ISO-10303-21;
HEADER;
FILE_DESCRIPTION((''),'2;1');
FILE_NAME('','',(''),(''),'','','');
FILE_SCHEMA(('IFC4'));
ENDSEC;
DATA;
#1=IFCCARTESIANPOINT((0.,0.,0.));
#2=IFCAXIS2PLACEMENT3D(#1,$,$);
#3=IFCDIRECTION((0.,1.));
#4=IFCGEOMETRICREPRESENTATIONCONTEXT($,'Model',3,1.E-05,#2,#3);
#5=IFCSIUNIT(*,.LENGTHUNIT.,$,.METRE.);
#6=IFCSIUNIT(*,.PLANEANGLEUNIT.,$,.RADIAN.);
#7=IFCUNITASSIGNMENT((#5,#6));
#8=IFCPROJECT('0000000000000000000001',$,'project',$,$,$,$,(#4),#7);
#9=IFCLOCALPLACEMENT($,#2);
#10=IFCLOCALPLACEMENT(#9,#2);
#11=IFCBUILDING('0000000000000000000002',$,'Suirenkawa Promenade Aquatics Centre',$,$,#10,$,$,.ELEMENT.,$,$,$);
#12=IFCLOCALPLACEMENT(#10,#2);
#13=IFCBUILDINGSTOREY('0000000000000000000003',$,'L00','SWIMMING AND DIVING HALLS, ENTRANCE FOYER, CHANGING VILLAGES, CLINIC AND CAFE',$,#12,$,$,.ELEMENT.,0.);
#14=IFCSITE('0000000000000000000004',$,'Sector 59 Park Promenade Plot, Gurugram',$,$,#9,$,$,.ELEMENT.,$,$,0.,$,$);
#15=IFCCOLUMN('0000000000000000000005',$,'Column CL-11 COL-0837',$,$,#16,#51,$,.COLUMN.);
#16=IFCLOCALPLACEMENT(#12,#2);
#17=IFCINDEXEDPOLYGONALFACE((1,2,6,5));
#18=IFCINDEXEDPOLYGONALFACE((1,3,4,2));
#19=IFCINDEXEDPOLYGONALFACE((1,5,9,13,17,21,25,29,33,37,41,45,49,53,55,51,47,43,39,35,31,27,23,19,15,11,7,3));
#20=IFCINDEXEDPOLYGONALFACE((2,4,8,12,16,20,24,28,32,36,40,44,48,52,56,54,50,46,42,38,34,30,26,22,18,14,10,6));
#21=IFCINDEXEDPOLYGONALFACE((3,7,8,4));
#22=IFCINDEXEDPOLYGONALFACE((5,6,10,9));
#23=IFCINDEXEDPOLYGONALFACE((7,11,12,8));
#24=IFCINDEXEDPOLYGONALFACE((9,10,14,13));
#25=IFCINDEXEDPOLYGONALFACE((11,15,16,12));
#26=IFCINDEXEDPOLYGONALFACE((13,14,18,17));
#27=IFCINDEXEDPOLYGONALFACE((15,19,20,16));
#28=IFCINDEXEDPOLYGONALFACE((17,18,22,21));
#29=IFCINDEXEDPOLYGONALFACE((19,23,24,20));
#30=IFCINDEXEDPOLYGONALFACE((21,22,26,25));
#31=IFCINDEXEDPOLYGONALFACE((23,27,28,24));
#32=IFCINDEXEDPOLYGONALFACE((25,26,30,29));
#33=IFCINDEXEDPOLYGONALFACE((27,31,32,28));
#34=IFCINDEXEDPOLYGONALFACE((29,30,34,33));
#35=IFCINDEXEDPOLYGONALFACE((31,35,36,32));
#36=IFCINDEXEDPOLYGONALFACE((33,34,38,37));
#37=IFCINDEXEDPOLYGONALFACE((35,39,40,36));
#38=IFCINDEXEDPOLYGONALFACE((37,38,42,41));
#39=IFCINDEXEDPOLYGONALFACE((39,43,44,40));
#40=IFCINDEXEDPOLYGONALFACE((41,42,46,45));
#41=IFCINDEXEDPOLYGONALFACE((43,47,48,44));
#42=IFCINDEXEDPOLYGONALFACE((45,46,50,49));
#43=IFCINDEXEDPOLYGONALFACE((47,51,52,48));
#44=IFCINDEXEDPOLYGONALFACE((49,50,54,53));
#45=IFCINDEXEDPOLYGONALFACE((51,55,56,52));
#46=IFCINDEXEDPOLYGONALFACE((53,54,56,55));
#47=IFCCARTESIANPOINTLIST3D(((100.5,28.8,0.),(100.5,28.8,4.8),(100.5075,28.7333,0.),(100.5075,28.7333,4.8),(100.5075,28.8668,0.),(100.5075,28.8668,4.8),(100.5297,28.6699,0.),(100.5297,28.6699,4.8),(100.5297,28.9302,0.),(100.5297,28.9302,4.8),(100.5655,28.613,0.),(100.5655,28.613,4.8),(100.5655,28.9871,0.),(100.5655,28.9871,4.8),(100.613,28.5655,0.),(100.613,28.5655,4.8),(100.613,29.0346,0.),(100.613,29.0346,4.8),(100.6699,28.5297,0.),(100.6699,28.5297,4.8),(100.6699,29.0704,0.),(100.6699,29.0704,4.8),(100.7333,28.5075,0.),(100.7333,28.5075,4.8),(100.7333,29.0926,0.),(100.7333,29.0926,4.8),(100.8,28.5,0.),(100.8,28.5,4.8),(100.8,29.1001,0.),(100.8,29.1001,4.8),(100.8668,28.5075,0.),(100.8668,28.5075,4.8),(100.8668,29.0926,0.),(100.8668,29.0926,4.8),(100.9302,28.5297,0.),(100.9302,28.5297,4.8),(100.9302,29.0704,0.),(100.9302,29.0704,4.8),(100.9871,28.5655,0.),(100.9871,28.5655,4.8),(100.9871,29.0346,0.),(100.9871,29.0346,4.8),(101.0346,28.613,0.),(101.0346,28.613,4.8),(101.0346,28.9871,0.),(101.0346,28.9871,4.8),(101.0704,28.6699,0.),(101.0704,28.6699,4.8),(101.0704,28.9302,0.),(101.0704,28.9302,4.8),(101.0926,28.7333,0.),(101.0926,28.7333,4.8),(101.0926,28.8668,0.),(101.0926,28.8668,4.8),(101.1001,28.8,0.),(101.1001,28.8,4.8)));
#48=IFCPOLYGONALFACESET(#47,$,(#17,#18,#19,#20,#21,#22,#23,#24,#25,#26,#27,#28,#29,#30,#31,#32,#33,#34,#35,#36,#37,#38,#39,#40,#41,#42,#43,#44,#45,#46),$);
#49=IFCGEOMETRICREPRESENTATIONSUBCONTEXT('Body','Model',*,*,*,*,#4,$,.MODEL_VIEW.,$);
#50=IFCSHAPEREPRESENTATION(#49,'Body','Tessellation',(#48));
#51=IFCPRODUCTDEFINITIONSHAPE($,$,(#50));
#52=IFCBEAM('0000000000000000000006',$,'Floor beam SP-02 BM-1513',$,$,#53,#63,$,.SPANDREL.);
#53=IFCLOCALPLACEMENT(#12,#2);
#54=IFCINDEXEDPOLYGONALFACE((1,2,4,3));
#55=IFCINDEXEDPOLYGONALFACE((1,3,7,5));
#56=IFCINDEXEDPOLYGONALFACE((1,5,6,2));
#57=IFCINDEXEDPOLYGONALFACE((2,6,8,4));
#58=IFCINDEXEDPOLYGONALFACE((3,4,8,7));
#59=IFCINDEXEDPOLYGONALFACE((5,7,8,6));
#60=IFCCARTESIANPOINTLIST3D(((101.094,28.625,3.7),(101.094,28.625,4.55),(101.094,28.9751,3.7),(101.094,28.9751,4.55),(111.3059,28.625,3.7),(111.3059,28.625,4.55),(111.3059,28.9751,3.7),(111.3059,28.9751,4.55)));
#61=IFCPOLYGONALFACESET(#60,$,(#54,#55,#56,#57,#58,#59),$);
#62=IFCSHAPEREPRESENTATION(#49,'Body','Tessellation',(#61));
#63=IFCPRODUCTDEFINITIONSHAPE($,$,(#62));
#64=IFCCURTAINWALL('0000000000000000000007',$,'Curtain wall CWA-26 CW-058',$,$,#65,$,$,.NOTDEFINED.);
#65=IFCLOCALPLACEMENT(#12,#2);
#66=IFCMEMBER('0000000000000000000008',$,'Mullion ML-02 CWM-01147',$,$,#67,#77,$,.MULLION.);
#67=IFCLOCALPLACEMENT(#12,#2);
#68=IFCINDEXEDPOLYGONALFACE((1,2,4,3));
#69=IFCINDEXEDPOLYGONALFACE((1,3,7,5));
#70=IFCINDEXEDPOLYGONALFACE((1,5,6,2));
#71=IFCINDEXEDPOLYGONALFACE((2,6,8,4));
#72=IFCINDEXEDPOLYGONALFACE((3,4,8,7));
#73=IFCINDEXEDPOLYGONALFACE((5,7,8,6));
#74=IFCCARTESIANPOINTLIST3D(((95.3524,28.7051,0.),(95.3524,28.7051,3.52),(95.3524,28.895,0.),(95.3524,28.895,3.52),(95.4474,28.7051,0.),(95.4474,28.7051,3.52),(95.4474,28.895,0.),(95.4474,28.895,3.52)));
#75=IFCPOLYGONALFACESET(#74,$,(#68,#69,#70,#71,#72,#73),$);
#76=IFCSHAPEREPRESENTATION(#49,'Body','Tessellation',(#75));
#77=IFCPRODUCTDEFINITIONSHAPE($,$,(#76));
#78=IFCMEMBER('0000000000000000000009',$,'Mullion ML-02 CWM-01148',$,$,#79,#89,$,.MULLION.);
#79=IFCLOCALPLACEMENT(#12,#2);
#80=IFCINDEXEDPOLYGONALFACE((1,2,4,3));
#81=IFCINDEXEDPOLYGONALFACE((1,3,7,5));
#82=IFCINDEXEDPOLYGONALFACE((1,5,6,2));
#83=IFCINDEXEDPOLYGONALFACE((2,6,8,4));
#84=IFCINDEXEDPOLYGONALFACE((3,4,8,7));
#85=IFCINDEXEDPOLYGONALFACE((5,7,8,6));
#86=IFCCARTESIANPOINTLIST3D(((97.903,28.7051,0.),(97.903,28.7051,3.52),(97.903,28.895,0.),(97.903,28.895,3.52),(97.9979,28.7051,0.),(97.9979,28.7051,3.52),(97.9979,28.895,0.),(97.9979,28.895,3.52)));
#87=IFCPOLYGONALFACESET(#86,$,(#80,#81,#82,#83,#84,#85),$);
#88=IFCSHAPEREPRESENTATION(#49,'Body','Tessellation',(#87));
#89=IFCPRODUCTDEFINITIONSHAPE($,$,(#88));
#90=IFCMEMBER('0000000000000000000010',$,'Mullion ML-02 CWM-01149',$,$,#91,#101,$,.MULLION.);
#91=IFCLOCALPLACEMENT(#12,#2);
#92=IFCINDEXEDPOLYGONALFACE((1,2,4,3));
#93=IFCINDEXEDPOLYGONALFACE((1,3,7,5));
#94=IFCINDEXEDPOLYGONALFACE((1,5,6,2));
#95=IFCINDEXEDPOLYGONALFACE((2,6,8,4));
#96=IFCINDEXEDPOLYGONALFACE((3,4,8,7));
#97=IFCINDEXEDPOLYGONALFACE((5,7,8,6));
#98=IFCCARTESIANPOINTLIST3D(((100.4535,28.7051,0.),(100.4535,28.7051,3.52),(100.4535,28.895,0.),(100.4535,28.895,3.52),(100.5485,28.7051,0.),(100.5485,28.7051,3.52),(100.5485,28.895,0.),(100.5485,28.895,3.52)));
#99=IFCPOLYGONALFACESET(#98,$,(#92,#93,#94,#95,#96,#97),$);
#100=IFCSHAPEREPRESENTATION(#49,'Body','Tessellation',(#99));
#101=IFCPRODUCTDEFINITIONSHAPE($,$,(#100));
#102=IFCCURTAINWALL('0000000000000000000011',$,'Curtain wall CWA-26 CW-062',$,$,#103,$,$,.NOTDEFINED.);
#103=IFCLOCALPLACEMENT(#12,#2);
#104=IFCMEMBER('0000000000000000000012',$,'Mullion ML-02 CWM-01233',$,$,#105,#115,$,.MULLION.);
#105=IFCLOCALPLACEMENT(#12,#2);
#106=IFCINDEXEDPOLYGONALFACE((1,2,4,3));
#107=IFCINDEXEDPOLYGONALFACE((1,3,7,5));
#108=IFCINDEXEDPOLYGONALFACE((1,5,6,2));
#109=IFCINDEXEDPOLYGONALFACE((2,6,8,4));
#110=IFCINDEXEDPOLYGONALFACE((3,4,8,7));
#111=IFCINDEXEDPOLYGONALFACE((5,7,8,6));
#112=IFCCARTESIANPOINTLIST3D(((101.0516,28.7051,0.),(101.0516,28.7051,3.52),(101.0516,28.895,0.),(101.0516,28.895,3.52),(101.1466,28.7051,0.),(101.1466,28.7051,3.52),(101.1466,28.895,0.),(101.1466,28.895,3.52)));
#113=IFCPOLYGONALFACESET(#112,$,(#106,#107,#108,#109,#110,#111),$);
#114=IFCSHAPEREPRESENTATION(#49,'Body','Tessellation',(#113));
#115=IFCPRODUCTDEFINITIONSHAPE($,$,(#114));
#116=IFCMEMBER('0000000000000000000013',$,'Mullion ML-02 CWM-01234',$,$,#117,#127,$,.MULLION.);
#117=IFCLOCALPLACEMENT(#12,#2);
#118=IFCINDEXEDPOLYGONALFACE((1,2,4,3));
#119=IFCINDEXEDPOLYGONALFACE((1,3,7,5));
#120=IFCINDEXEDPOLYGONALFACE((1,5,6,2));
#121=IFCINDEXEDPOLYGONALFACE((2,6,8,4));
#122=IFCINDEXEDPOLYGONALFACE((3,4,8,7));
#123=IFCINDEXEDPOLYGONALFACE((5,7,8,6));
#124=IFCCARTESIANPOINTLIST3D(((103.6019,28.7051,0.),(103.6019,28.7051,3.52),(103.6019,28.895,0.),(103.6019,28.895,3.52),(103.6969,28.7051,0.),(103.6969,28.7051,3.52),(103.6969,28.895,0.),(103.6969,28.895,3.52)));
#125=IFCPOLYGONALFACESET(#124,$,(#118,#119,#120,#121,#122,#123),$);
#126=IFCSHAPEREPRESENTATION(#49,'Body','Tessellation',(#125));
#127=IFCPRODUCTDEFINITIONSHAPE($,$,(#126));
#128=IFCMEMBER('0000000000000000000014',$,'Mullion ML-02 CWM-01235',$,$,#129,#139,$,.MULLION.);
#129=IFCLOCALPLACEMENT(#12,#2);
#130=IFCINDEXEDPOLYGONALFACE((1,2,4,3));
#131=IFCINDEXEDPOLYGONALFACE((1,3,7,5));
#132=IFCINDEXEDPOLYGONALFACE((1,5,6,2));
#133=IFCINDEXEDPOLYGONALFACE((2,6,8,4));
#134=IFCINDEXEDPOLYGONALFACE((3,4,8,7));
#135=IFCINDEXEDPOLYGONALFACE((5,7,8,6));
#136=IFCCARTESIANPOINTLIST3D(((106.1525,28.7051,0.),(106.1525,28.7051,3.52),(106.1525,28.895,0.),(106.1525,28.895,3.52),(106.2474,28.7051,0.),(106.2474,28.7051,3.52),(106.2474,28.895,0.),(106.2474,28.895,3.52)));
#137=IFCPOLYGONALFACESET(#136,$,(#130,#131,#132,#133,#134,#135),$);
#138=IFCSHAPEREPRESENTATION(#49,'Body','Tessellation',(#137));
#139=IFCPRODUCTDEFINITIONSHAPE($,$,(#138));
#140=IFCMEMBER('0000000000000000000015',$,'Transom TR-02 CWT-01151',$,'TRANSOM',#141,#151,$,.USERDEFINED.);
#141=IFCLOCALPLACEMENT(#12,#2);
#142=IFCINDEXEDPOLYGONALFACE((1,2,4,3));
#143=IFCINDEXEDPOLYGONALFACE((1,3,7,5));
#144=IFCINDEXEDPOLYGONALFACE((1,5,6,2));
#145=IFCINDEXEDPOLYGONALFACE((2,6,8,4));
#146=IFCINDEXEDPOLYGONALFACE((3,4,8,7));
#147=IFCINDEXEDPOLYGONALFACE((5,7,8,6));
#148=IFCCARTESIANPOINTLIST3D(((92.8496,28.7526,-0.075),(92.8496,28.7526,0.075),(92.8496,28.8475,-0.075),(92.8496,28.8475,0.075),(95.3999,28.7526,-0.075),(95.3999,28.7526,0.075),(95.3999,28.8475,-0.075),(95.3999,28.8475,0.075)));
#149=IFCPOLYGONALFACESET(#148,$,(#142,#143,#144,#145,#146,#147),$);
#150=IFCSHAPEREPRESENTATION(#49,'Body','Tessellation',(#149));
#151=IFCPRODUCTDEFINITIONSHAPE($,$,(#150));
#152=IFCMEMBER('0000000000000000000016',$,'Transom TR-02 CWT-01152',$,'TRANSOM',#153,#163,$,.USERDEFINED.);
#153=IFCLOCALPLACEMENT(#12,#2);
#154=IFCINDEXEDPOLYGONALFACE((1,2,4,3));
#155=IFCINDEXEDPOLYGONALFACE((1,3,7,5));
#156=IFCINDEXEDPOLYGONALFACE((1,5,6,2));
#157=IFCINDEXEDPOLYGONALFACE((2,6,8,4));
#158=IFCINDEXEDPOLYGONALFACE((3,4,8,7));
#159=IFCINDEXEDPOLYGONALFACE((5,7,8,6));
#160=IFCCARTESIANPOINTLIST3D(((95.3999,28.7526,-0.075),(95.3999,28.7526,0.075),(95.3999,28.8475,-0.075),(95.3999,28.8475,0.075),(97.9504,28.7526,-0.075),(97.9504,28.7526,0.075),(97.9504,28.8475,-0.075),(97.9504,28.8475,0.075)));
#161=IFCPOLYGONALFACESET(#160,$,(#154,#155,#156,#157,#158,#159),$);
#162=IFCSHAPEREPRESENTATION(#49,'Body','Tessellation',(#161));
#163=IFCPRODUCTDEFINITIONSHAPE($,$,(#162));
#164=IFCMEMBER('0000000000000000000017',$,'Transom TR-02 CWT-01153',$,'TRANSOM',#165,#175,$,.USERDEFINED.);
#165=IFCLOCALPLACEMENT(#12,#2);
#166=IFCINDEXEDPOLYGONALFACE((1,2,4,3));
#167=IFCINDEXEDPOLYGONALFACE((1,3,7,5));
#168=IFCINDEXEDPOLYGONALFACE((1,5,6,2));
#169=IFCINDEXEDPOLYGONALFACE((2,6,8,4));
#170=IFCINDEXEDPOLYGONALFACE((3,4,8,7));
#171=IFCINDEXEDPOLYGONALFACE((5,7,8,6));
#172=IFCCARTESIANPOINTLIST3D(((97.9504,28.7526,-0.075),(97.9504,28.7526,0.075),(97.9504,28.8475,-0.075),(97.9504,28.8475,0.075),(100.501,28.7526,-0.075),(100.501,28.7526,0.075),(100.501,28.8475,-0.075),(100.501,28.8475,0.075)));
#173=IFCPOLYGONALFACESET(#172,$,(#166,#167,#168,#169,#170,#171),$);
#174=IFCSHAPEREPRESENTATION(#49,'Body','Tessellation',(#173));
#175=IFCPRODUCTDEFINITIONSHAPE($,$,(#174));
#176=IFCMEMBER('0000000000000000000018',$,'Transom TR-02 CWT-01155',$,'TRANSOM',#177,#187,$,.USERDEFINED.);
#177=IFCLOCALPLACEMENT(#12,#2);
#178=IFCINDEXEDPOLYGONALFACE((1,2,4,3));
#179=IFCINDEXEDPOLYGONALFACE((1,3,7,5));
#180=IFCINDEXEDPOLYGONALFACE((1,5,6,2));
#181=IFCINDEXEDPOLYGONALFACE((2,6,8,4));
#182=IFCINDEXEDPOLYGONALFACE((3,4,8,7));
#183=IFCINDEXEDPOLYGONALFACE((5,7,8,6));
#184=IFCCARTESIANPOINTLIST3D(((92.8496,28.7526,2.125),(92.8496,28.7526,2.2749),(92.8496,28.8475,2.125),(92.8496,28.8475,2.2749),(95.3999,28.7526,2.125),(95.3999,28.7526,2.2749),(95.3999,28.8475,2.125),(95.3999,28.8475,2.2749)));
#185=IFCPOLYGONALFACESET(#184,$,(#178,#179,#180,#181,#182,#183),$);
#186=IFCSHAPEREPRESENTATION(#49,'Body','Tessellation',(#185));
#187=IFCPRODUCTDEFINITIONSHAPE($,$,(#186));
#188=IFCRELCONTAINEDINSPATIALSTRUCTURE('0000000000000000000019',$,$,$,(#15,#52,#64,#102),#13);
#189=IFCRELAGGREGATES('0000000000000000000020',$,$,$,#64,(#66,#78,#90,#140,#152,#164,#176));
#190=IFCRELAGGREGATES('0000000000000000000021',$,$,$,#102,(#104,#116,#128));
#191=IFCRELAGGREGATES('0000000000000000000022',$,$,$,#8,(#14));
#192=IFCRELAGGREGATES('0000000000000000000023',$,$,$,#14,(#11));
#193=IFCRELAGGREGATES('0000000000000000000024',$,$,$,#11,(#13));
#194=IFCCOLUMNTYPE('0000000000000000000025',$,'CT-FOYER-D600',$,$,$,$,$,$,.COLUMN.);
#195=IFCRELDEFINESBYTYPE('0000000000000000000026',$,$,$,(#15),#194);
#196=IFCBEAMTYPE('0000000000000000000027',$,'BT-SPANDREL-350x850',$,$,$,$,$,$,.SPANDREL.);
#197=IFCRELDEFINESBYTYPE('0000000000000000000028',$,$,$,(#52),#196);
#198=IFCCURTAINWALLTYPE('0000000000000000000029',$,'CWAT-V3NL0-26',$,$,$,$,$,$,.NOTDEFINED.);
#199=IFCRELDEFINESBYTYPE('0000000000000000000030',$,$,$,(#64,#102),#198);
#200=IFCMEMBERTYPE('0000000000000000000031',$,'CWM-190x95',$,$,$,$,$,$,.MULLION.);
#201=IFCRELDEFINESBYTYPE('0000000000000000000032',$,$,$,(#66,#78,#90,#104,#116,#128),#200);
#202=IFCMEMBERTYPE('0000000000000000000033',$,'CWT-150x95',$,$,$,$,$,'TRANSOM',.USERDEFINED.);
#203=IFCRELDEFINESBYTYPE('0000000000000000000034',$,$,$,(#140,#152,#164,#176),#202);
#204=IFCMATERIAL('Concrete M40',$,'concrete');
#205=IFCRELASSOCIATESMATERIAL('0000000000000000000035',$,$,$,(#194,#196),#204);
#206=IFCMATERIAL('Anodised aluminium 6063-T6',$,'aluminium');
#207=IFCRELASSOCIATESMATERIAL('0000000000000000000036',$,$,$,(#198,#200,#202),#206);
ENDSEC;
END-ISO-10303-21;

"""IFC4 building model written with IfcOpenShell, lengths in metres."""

from ifc_helpers import new_model, si_unit, direction, frame, origin, origin_2d, place, context, subcontext, project, spatial, rectangle, circle, extrude, material, material_profile, profile_set, type_object, element, aggregate, save


model = new_model("IFC4")

# Units and contexts
model_context = context("Model", 3, precision=1e-05, world=origin(), true_north=direction((0.0, 1.0)))
body_context = subcontext(model_context, "Body", "Model", "MODEL_VIEW")
ifc_project = project(units=[si_unit("LENGTHUNIT", "METRE"), si_unit("PLANEANGLEUNIT", "RADIAN")], contexts=[model_context])

# Site, building, storey
site_placement = place(None, origin())
site = spatial("IfcSite", under=ifc_project, at=site_placement, Name="Sector 59 Park Promenade Plot, Gurugram", CompositionType="ELEMENT", RefElevation=0.0)
building_placement = place(site_placement, origin())
building = spatial("IfcBuilding", under=site, at=building_placement, Name="Suirenkawa Promenade Aquatics Centre", CompositionType="ELEMENT")
storey_placement = place(building_placement, origin())
storey = spatial("IfcBuildingStorey", under=building, at=storey_placement, Name="L00", Description="SWIMMING AND DIVING HALLS, ENTRANCE FOYER, CHANGING VILLAGES, CLINIC AND CAFE", CompositionType="ELEMENT", Elevation=0.0)

# Column
ifc_material_1 = material(Name="Concrete M40", Category="concrete")
ifc_material_profile_1 = material_profile(ifc_material_1, circle(Radius=0.3, at=origin_2d()), Name="RC FOYER D600", Category="concrete")
ifc_profile_set_1 = profile_set([ifc_material_profile_1], Name="Concrete M40")
column_type = type_object("IfcColumnType", Name="CT-FOYER-D600", PredefinedType="COLUMN", material=ifc_profile_set_1)
column_placement = place(storey_placement, frame((100.8, 28.8, 0.0), z_axis=(0.0, 0.0, 1.0), x_axis=(1.0, 0.0, 0.0)))
element("IfcColumn", 1, at=column_placement, inside=storey, type_object=column_type, Name="Column CL-11 COL-0837", PredefinedType="COLUMN", context=body_context, shape_type="SweptSolid", body=[
    extrude(circle(Radius=0.3, at=origin_2d()), origin(), (0.0, 0.0, 1.0), 4.8),
])

# Beam
ifc_material_profile_2 = material_profile(ifc_material_1, rectangle(XDim=0.3501, YDim=0.8501, at=origin_2d()), Name="RC SPANDREL 350x850", Category="concrete")
ifc_profile_set_2 = profile_set([ifc_material_profile_2], Name="Concrete M40")
beam_type = type_object("IfcBeamType", Name="BT-SPANDREL-350x850", PredefinedType="SPANDREL", material=ifc_profile_set_2)
beam_placement = place(storey_placement, frame((101.094, 28.8, 4.125), z_axis=(1.0, 0.0, 0.0), x_axis=(0.0, 1.0, 0.0)))
element("IfcBeam", 2, at=beam_placement, inside=storey, type_object=beam_type, Name="Floor beam SP-02 BM-1513", PredefinedType="SPANDREL", context=body_context, shape_type="SweptSolid", body=[
    extrude(rectangle(XDim=0.3501, YDim=0.8501, at=origin_2d()), origin(), (0.0, 0.0, 1.0), 10.2119),
])

# Curtain walls, members
ifc_material_2 = material(Name="Anodised aluminium 6063-T6", Category="aluminium")
curtain_wall_type = type_object("IfcCurtainWallType", Name="CWAT-V3NL0-26", PredefinedType="NOTDEFINED", material=ifc_material_2)
curtain_wall_1_placement = place(storey_placement, origin())
curtain_wall_1 = element("IfcCurtainWall", 3, at=curtain_wall_1_placement, inside=storey, type_object=curtain_wall_type, Name="Curtain wall CWA-26 CW-058", PredefinedType="NOTDEFINED")
ifc_material_profile_3 = material_profile(ifc_material_2, rectangle(XDim=0.095, YDim=0.1899, at=origin_2d()), Name="ALU MULL 95x190", Category="aluminium")
ifc_profile_set_3 = profile_set([ifc_material_profile_3], Name="Anodised aluminium 6063-T6")
member_type_1 = type_object("IfcMemberType", Name="CWM-190x95", PredefinedType="MULLION", material=ifc_profile_set_3)
member_1_placement = place(storey_placement, frame((95.3999, 28.8, 0.0), z_axis=(0.0, 0.0, 1.0), x_axis=(1.0, 0.0, 0.0)))
member_1 = element("IfcMember", 4, at=member_1_placement, type_object=member_type_1, Name="Mullion ML-02 CWM-01147", PredefinedType="MULLION", context=body_context, shape_type="SweptSolid", body=[
    extrude(rectangle(XDim=0.095, YDim=0.1899, at=origin_2d()), origin(), (0.0, 0.0, 1.0), 3.52),
])
member_2_placement = place(storey_placement, frame((97.9504, 28.8, 0.0), z_axis=(0.0, 0.0, 1.0), x_axis=(1.0, 0.0, 0.0)))
member_2 = element("IfcMember", 5, at=member_2_placement, type_object=member_type_1, Name="Mullion ML-02 CWM-01148", PredefinedType="MULLION", context=body_context, shape_type="SweptSolid", body=[
    extrude(rectangle(XDim=0.095, YDim=0.1899, at=origin_2d()), origin(), (0.0, 0.0, 1.0), 3.52),
])
member_3_placement = place(storey_placement, frame((100.501, 28.8, 0.0), z_axis=(0.0, 0.0, 1.0), x_axis=(1.0, 0.0, 0.0)))
member_3 = element("IfcMember", 6, at=member_3_placement, type_object=member_type_1, Name="Mullion ML-02 CWM-01149", PredefinedType="MULLION", context=body_context, shape_type="SweptSolid", body=[
    extrude(rectangle(XDim=0.095, YDim=0.1899, at=origin_2d()), origin(), (0.0, 0.0, 1.0), 3.52),
])
curtain_wall_2_placement = place(storey_placement, origin())
curtain_wall_2 = element("IfcCurtainWall", 7, at=curtain_wall_2_placement, inside=storey, type_object=curtain_wall_type, Name="Curtain wall CWA-26 CW-062", PredefinedType="NOTDEFINED")
member_4_placement = place(storey_placement, frame((101.0991, 28.8, 0.0), z_axis=(0.0, 0.0, 1.0), x_axis=(1.0, 0.0, 0.0)))
member_4 = element("IfcMember", 8, at=member_4_placement, type_object=member_type_1, Name="Mullion ML-02 CWM-01233", PredefinedType="MULLION", context=body_context, shape_type="SweptSolid", body=[
    extrude(rectangle(XDim=0.095, YDim=0.1899, at=origin_2d()), origin(), (0.0, 0.0, 1.0), 3.52),
])
member_5_placement = place(storey_placement, frame((103.6494, 28.8, 0.0), z_axis=(0.0, 0.0, 1.0), x_axis=(1.0, 0.0, 0.0)))
member_5 = element("IfcMember", 9, at=member_5_placement, type_object=member_type_1, Name="Mullion ML-02 CWM-01234", PredefinedType="MULLION", context=body_context, shape_type="SweptSolid", body=[
    extrude(rectangle(XDim=0.095, YDim=0.1899, at=origin_2d()), origin(), (0.0, 0.0, 1.0), 3.52),
])
member_6_placement = place(storey_placement, frame((106.2, 28.8, 0.0), z_axis=(0.0, 0.0, 1.0), x_axis=(1.0, 0.0, 0.0)))
member_6 = element("IfcMember", 10, at=member_6_placement, type_object=member_type_1, Name="Mullion ML-02 CWM-01235", PredefinedType="MULLION", context=body_context, shape_type="SweptSolid", body=[
    extrude(rectangle(XDim=0.095, YDim=0.1899, at=origin_2d()), origin(), (0.0, 0.0, 1.0), 3.52),
])

# Members
ifc_material_profile_4 = material_profile(ifc_material_2, rectangle(XDim=0.095, YDim=0.1499, at=origin_2d()), Name="ALU TRAN 95x150", Category="aluminium")
ifc_profile_set_4 = profile_set([ifc_material_profile_4], Name="Anodised aluminium 6063-T6")
member_type_2 = type_object("IfcMemberType", Name="CWT-150x95", ElementType="TRANSOM", PredefinedType="USERDEFINED", material=ifc_profile_set_4)
member_7_placement = place(storey_placement, frame((92.8496, 28.8, 0.0), z_axis=(1.0, 0.0, 0.0), x_axis=(0.0, 1.0, 0.0)))
member_7 = element("IfcMember", 11, at=member_7_placement, type_object=member_type_2, Name="Transom TR-02 CWT-01151", ObjectType="TRANSOM", PredefinedType="USERDEFINED", context=body_context, shape_type="SweptSolid", body=[
    extrude(rectangle(XDim=0.095, YDim=0.1499, at=origin_2d()), origin(), (0.0, 0.0, 1.0), 2.5503),
])
member_8_placement = place(storey_placement, frame((95.3999, 28.8, 0.0), z_axis=(1.0, 0.0, 0.0), x_axis=(0.0, 1.0, 0.0)))
member_8 = element("IfcMember", 12, at=member_8_placement, type_object=member_type_2, Name="Transom TR-02 CWT-01152", ObjectType="TRANSOM", PredefinedType="USERDEFINED", context=body_context, shape_type="SweptSolid", body=[
    extrude(rectangle(XDim=0.095, YDim=0.1499, at=origin_2d()), origin(), (0.0, 0.0, 1.0), 2.5505),
])
member_9_placement = place(storey_placement, frame((97.9504, 28.8, 0.0), z_axis=(1.0, 0.0, 0.0), x_axis=(0.0, 1.0, 0.0)))
member_9 = element("IfcMember", 13, at=member_9_placement, type_object=member_type_2, Name="Transom TR-02 CWT-01153", ObjectType="TRANSOM", PredefinedType="USERDEFINED", context=body_context, shape_type="SweptSolid", body=[
    extrude(rectangle(XDim=0.095, YDim=0.1499, at=origin_2d()), origin(), (0.0, 0.0, 1.0), 2.5505),
])
member_10_placement = place(storey_placement, frame((92.8496, 28.8, 2.2), z_axis=(1.0, 0.0, 0.0), x_axis=(0.0, 1.0, 0.0)))
member_10 = element("IfcMember", 14, at=member_10_placement, type_object=member_type_2, Name="Transom TR-02 CWT-01155", ObjectType="TRANSOM", PredefinedType="USERDEFINED", context=body_context, shape_type="SweptSolid", body=[
    extrude(rectangle(XDim=0.095, YDim=0.1499, at=origin_2d()), origin(), (0.0, 0.0, 1.0), 2.5503),
])

aggregate(curtain_wall_1, [member_1, member_2, member_3, member_7, member_8, member_9, member_10])
aggregate(curtain_wall_2, [member_4, member_5, member_6])

save(model, "model.ifc")
